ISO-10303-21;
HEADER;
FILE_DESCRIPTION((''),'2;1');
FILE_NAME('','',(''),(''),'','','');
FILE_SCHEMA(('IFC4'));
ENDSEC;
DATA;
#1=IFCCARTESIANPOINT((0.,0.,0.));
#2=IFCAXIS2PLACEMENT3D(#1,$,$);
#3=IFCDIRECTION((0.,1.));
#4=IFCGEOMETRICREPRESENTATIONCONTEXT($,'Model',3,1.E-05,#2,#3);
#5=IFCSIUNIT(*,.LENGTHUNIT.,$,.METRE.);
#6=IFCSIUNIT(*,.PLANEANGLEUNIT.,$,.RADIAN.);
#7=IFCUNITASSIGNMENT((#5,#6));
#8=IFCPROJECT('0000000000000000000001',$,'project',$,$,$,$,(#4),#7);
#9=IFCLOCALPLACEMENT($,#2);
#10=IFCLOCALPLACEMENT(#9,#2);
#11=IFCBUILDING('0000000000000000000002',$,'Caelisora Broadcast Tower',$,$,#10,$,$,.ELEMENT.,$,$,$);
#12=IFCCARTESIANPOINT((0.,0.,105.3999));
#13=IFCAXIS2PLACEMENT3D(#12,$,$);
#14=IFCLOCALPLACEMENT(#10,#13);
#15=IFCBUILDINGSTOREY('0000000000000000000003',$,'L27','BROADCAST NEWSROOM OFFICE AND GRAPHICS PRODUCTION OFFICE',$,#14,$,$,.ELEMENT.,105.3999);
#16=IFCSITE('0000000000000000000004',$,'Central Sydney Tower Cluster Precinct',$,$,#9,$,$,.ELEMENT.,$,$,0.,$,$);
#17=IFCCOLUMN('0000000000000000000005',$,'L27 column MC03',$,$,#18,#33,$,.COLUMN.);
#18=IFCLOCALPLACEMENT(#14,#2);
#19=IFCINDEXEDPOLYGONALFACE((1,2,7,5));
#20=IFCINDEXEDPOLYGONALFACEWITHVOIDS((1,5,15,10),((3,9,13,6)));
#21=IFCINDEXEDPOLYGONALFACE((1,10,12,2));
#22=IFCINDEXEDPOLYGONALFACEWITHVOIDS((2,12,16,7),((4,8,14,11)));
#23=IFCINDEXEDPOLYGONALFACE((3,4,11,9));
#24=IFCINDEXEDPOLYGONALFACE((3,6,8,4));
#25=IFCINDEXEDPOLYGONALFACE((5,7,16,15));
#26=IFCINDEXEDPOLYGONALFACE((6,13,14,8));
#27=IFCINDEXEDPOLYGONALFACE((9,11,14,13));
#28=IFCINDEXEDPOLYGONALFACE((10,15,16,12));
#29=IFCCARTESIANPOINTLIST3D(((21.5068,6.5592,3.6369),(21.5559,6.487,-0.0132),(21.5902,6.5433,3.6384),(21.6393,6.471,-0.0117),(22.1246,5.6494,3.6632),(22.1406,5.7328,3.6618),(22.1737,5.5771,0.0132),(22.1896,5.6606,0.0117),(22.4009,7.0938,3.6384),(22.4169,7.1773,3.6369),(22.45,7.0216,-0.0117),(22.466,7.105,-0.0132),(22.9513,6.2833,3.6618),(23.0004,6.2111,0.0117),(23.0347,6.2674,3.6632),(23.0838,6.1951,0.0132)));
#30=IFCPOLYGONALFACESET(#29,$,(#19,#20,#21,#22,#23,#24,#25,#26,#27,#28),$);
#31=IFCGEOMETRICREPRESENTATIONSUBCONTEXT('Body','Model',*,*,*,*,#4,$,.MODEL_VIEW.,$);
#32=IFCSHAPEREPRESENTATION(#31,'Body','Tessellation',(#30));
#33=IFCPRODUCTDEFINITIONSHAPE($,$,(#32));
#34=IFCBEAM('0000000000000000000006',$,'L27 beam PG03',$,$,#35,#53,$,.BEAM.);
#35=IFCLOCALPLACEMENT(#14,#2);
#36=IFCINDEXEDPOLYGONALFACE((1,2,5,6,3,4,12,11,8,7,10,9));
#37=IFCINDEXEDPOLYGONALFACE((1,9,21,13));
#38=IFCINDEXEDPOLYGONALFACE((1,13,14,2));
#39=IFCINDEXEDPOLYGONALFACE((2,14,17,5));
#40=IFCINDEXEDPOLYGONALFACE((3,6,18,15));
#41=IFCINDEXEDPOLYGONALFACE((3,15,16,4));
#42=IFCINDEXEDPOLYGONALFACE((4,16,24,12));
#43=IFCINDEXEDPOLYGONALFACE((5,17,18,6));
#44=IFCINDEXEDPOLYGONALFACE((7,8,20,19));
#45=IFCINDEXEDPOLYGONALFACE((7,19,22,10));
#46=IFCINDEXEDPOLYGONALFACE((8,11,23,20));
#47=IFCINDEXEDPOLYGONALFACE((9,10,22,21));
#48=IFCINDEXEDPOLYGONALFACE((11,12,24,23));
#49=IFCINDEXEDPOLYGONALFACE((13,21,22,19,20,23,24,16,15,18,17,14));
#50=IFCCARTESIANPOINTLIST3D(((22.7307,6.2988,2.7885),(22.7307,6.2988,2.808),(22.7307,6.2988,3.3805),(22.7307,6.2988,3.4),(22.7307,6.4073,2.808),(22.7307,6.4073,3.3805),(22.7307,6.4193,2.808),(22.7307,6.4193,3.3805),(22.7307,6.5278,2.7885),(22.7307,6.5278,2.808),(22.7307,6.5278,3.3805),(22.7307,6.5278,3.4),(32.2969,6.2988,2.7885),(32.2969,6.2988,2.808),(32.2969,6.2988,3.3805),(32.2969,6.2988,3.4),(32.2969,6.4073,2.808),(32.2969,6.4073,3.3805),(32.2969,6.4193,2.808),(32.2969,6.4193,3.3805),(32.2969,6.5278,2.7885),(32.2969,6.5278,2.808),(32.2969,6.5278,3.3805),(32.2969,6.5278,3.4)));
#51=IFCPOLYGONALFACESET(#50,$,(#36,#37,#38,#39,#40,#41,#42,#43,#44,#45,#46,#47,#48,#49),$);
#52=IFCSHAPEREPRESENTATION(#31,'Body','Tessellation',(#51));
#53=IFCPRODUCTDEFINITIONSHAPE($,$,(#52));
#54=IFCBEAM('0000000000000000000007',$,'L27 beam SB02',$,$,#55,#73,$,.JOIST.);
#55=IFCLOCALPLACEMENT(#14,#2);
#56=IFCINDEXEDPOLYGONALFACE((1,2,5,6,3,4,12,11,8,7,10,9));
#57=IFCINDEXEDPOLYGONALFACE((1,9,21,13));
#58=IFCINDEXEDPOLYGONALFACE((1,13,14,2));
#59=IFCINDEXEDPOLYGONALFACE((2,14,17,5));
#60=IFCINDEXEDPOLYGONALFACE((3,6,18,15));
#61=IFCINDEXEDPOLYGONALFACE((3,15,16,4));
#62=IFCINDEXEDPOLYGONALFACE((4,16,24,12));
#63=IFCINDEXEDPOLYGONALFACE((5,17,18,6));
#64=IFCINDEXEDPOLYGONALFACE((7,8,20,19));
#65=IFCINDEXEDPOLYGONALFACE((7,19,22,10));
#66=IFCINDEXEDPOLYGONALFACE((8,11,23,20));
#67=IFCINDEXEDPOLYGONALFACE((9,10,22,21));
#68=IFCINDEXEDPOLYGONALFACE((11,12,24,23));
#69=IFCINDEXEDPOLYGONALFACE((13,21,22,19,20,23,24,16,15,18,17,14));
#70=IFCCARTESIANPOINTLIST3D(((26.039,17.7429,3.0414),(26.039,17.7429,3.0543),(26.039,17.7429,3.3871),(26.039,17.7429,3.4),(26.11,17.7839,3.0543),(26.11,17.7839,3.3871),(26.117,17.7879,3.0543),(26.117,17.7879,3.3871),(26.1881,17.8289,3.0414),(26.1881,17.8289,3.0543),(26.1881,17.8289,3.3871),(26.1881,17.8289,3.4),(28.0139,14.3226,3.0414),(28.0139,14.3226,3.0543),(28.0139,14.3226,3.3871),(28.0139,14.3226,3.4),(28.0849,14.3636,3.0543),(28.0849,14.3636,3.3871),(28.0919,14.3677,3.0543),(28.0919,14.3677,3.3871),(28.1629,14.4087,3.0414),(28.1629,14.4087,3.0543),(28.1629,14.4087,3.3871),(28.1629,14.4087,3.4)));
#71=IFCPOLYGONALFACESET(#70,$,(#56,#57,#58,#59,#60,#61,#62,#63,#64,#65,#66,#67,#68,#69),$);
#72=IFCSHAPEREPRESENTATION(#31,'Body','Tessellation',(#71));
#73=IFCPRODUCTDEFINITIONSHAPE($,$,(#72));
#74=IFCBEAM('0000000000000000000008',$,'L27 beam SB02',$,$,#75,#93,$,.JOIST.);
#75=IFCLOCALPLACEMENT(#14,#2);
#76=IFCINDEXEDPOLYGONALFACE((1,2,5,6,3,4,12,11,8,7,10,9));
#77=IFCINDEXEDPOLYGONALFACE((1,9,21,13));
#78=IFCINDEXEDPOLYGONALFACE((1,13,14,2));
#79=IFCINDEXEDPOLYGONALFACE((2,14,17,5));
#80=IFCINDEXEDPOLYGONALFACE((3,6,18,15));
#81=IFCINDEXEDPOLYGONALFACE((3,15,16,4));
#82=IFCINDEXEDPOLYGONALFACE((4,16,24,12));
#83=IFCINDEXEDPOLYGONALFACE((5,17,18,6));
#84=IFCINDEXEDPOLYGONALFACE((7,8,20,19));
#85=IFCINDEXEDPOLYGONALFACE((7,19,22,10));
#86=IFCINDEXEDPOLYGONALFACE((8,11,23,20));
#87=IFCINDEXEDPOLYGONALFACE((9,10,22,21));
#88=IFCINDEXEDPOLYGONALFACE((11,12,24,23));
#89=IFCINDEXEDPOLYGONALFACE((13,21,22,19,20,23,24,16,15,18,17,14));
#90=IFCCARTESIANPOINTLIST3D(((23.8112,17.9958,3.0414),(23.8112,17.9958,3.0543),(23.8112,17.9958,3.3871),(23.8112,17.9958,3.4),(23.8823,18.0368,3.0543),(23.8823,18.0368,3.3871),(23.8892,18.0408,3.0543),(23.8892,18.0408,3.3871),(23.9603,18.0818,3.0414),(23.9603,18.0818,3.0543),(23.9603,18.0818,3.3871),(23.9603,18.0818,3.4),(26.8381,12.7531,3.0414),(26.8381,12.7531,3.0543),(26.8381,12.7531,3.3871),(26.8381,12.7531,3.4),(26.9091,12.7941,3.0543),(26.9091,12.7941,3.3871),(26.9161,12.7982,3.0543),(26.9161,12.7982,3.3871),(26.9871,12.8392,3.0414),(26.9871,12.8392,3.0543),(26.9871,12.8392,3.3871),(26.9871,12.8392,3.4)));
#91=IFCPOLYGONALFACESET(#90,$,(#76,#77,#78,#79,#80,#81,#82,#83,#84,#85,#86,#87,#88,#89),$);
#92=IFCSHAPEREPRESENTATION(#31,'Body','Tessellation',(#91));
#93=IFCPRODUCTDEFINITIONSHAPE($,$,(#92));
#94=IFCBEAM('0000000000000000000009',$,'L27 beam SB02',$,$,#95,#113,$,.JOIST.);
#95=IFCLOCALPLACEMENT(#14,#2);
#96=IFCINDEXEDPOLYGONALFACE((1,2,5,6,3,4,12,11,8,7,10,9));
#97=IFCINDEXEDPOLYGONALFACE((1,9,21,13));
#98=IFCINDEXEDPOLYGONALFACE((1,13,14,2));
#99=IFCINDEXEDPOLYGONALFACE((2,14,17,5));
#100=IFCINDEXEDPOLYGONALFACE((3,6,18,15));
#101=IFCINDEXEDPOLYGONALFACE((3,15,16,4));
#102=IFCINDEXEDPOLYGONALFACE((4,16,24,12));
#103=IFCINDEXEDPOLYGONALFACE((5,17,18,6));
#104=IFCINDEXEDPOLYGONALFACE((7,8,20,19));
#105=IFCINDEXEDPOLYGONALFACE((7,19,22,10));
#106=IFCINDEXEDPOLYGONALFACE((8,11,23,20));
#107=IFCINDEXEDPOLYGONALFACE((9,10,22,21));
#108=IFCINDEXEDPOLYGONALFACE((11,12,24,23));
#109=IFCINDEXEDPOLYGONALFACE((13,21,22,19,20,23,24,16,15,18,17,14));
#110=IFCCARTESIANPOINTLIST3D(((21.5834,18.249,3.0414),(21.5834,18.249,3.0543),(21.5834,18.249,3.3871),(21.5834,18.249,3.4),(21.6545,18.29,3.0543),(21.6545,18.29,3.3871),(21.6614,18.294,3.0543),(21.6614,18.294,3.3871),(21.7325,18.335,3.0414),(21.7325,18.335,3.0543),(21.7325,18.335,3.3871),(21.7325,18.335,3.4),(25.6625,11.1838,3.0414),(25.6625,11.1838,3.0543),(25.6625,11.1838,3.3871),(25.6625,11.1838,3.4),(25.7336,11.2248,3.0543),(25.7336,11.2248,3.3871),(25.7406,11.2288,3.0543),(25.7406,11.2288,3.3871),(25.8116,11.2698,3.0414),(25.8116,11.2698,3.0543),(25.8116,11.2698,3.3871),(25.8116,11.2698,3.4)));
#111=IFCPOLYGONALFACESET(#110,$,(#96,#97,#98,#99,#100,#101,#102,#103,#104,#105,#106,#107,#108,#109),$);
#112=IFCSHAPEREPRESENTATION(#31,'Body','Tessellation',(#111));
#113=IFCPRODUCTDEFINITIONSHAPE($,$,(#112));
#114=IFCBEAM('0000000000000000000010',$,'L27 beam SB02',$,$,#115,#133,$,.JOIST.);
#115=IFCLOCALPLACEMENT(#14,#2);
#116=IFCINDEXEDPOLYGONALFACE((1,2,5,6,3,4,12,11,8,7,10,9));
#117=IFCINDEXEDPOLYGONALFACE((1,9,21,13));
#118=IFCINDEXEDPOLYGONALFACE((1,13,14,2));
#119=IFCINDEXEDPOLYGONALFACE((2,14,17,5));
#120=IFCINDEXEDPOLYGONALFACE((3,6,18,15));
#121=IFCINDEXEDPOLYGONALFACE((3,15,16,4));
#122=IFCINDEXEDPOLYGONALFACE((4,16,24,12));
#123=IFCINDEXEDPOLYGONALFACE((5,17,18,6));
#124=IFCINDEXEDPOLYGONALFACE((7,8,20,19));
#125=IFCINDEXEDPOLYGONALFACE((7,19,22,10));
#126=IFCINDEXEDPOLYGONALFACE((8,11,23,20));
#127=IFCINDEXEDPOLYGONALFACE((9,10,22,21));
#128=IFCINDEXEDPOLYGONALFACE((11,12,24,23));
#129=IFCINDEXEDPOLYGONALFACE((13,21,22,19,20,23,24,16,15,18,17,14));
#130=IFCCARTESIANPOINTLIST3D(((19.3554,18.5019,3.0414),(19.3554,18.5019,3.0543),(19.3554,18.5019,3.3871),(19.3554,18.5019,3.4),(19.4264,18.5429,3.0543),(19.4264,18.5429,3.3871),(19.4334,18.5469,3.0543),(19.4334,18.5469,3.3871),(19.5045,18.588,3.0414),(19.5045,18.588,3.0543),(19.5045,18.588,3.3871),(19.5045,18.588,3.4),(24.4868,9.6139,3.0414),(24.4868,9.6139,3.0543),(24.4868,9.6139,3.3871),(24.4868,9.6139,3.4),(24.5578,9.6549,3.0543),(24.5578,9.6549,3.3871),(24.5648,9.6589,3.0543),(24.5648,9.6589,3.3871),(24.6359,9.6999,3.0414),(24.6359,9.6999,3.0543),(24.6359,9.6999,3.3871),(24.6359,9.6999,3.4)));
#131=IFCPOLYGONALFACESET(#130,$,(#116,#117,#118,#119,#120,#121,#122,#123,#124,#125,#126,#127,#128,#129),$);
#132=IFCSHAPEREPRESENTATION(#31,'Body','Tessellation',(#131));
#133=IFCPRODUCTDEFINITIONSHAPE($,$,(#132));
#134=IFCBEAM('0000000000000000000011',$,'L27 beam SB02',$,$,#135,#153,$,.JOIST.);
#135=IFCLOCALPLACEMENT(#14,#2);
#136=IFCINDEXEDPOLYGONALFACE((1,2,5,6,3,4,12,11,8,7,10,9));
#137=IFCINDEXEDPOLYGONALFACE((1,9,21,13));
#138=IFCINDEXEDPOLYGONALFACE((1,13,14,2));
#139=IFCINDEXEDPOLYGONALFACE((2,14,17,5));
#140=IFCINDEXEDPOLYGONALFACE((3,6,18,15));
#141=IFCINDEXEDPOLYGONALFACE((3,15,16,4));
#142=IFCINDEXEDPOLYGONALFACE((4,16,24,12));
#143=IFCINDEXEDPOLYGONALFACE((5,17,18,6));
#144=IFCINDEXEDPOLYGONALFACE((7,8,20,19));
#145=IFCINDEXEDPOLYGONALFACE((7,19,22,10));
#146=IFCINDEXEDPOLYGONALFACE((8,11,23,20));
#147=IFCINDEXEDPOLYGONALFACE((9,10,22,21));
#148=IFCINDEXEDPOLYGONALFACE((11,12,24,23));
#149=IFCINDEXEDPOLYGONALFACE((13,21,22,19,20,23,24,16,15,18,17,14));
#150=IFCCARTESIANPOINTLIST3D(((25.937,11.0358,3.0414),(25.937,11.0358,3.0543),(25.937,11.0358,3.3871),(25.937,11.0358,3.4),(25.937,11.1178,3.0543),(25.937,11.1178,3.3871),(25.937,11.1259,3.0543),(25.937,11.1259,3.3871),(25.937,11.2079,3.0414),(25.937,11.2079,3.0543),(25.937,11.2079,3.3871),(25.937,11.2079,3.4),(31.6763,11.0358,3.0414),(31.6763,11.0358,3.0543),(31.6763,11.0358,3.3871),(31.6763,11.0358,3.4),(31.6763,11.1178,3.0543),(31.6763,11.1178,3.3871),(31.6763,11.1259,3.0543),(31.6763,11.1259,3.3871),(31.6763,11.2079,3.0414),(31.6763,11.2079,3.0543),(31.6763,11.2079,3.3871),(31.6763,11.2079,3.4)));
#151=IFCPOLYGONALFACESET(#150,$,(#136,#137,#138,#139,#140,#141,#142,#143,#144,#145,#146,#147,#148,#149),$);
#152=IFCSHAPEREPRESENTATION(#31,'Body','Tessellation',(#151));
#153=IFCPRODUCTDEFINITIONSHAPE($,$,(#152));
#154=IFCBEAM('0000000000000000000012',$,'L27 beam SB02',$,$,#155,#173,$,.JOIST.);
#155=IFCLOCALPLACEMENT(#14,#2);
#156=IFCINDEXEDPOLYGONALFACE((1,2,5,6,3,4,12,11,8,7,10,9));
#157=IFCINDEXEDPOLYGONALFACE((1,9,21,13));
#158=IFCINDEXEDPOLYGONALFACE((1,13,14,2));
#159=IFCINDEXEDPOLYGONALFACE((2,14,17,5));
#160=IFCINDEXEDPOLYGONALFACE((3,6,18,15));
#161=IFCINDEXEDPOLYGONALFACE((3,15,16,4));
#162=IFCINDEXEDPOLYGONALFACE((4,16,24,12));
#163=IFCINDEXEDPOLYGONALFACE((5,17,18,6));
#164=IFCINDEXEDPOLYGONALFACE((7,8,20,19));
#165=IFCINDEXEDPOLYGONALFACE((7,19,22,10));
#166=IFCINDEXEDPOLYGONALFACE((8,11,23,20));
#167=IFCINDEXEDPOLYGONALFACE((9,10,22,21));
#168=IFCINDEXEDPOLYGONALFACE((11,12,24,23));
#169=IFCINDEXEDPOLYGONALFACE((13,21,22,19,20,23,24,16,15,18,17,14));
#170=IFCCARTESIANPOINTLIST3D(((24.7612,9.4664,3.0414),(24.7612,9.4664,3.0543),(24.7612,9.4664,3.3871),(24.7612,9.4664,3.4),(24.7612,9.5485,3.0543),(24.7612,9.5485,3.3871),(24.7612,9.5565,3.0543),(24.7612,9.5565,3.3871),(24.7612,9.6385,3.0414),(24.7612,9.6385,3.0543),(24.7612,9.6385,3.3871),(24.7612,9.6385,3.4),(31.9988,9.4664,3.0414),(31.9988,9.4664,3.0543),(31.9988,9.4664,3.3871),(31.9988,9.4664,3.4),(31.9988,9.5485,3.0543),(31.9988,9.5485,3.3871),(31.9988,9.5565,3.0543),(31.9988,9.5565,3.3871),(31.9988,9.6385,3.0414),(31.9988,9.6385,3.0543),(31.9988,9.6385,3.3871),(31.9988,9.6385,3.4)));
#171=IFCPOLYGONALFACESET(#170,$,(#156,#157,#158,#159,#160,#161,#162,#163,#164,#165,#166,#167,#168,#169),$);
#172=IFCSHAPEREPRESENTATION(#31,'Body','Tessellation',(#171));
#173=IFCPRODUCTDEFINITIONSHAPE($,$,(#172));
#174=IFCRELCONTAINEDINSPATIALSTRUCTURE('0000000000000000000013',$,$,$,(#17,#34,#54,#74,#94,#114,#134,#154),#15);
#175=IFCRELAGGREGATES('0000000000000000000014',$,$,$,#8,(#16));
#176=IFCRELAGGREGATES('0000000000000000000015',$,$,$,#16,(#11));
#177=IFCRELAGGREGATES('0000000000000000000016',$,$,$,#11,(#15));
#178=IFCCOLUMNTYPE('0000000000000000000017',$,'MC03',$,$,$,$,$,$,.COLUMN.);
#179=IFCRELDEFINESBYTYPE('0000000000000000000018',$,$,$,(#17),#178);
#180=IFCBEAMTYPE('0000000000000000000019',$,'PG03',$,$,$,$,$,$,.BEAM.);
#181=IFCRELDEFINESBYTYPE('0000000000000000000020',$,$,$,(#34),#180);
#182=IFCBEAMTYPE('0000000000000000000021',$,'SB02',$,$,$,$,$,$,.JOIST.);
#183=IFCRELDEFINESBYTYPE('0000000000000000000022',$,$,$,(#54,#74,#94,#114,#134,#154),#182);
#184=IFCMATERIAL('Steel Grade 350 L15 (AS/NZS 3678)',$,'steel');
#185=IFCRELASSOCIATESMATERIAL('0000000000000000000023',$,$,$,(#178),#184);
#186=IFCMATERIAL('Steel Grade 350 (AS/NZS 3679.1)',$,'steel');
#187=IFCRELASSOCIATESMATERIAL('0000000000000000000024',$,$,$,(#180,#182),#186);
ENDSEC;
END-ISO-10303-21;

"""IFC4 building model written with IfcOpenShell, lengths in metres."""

from ifc_helpers import new_model, si_unit, direction, frame, origin, origin_2d, place, context, subcontext, project, spatial, hollow_rectangle, i_section, extrude, source, transform, mapped, material, material_profile, profile_set, type_object, type_shapes, element, save


model = new_model("IFC4")

# Units and contexts
model_context = context("Model", 3, precision=1e-05, world=origin(), true_north=direction((0.0, 1.0)))
body_context = subcontext(model_context, "Body", "Model", "MODEL_VIEW")
ifc_project = project(units=[si_unit("LENGTHUNIT", "METRE"), si_unit("PLANEANGLEUNIT", "RADIAN")], contexts=[model_context])

# Site, building, storey
site_placement = place(None, origin())
site = spatial("IfcSite", under=ifc_project, at=site_placement, Name="Central Sydney Tower Cluster Precinct", CompositionType="ELEMENT", RefElevation=0.0)
building_placement = place(site_placement, origin())
building = spatial("IfcBuilding", under=site, at=building_placement, Name="Caelisora Broadcast Tower", CompositionType="ELEMENT")
storey_placement = place(building_placement, frame((0.0, 0.0, 105.3999)))
storey = spatial("IfcBuildingStorey", under=building, at=storey_placement, Name="L27", Description="BROADCAST NEWSROOM OFFICE AND GRAPHICS PRODUCTION OFFICE", CompositionType="ELEMENT", Elevation=105.3999)

# Column
ifc_material_1 = material(Name="Steel Grade 350 L15 (AS/NZS 3678)", Category="steel")
ifc_material_profile_1 = material_profile(ifc_material_1, hollow_rectangle(XDim=1.1001, YDim=1.1001, WallThickness=0.0601, at=origin_2d()), Name="Steel Grade 350 L15 (AS/NZS 3678)")
ifc_profile_set_1 = profile_set([ifc_material_profile_1], Name="Steel Grade 350 L15 (AS/NZS 3678)")
column_type = type_object("IfcColumnType", Name="MC03", PredefinedType="COLUMN", material=ifc_profile_set_1)
shared_shape_1 = source(origin(), body_context, "Body", "SweptSolid", [
    extrude(hollow_rectangle(XDim=1.1001, YDim=1.1001, WallThickness=0.0601, at=origin_2d()), origin(), (0.0, 0.0, 1.0), 3.6511),
])
type_shapes(column_type, [shared_shape_1])
column_placement = place(storey_placement, frame((22.3198, 6.3411, 0.0), z_axis=(-0.01344, 0.019792, 0.999714), x_axis=(-0.82729, -0.561775, 0.0)))
element("IfcColumn", 1, at=column_placement, inside=storey, type_object=column_type, Name="L27 column MC03", PredefinedType="COLUMN", context=body_context, shape_type="MappedRepresentation", body=[
    mapped(shared_shape_1, transform((0.0, 0.0, 0.0), scale=1.0)),
])

# Beams
ifc_material_2 = material(Name="Steel Grade 350 (AS/NZS 3679.1)", Category="steel")
ifc_material_profile_2 = material_profile(ifc_material_2, i_section(OverallWidth=0.229, OverallDepth=0.6116, WebThickness=0.012, FlangeThickness=0.0195, at=origin_2d()), Name="Steel Grade 350 (AS/NZS 3679.1)")
ifc_profile_set_2 = profile_set([ifc_material_profile_2], Name="Steel Grade 350 (AS/NZS 3679.1)")
beam_type_1 = type_object("IfcBeamType", Name="PG03", PredefinedType="BEAM", material=ifc_profile_set_2)
shared_shape_2 = source(origin(), body_context, "Body", "SweptSolid", [
    extrude(i_section(OverallWidth=0.229, OverallDepth=0.6116, WebThickness=0.012, FlangeThickness=0.0195, at=origin_2d()), origin(), (0.0, 0.0, 1.0), 9.5662),
])
type_shapes(beam_type_1, [shared_shape_2])
beam_1_placement = place(storey_placement, frame((22.7307, 6.4133, 3.0942), z_axis=(1.0, 0.0, 0.0), x_axis=(0.0, 1.0, 0.0)))
element("IfcBeam", 2, at=beam_1_placement, inside=storey, type_object=beam_type_1, Name="L27 beam PG03", PredefinedType="BEAM", context=body_context, shape_type="MappedRepresentation", body=[
    mapped(shared_shape_2, transform((0.0, 0.0, 0.0), scale=1.0)),
])
ifc_material_profile_3 = material_profile(ifc_material_2, i_section(OverallWidth=0.1721, OverallDepth=0.3586, WebThickness=0.0081, FlangeThickness=0.0129, at=origin_2d()), Name="Steel Grade 350 (AS/NZS 3679.1)")
ifc_profile_set_3 = profile_set([ifc_material_profile_3], Name="Steel Grade 350 (AS/NZS 3679.1)")
beam_type_2 = type_object("IfcBeamType", Name="SB02", PredefinedType="JOIST", material=ifc_profile_set_3)
shared_shape_3 = source(origin(), body_context, "Body", "SweptSolid", [
    extrude(i_section(OverallWidth=0.1721, OverallDepth=0.3586, WebThickness=0.0081, FlangeThickness=0.0129, at=origin_2d()), origin(), (0.0, 0.0, 1.0), 3.9495),
])
beam_2_placement = place(storey_placement, frame((26.1135, 17.7859, 3.2207), z_axis=(0.500042, -0.866001, 0.0), x_axis=(0.866001, 0.500042, 0.0)))
element("IfcBeam", 3, at=beam_2_placement, inside=storey, type_object=beam_type_2, Name="L27 beam SB02", PredefinedType="JOIST", context=body_context, shape_type="MappedRepresentation", body=[
    mapped(shared_shape_3, transform((0.0, 0.0, 0.0), scale=1.0)),
])
shared_shape_4 = source(origin(), body_context, "Body", "SweptSolid", [
    extrude(i_section(OverallWidth=0.1721, OverallDepth=0.3586, WebThickness=0.0081, FlangeThickness=0.0129, at=origin_2d()), origin(), (0.0, 0.0, 1.0), 6.0537),
])
beam_3_placement = place(storey_placement, frame((23.8857, 18.0388, 3.2207), z_axis=(0.499999, -0.866026, 0.0), x_axis=(0.866026, 0.499999, 0.0)))
element("IfcBeam", 4, at=beam_3_placement, inside=storey, type_object=beam_type_2, Name="L27 beam SB02", PredefinedType="JOIST", context=body_context, shape_type="MappedRepresentation", body=[
    mapped(shared_shape_4, transform((0.0, 0.0, 0.0), scale=1.0)),
])
shared_shape_5 = source(origin(), body_context, "Body", "SweptSolid", [
    extrude(i_section(OverallWidth=0.1721, OverallDepth=0.3586, WebThickness=0.0081, FlangeThickness=0.0129, at=origin_2d()), origin(), (0.0, 0.0, 1.0), 8.1582),
])
beam_4_placement = place(storey_placement, frame((21.658, 18.292, 3.2207), z_axis=(0.500001, -0.866025, 0.0), x_axis=(0.866025, 0.500001, 0.0)))
element("IfcBeam", 5, at=beam_4_placement, inside=storey, type_object=beam_type_2, Name="L27 beam SB02", PredefinedType="JOIST", context=body_context, shape_type="MappedRepresentation", body=[
    mapped(shared_shape_5, transform((0.0, 0.0, 0.0), scale=1.0)),
])
shared_shape_6 = source(origin(), body_context, "Body", "SweptSolid", [
    extrude(i_section(OverallWidth=0.1721, OverallDepth=0.3586, WebThickness=0.0081, FlangeThickness=0.0129, at=origin_2d()), origin(), (0.0, 0.0, 1.0), 10.2629),
])
beam_5_placement = place(storey_placement, frame((19.4299, 18.5449, 3.2207), z_axis=(0.499992, -0.86603, 0.0), x_axis=(0.86603, 0.499992, 0.0)))
element("IfcBeam", 6, at=beam_5_placement, inside=storey, type_object=beam_type_2, Name="L27 beam SB02", PredefinedType="JOIST", context=body_context, shape_type="MappedRepresentation", body=[
    mapped(shared_shape_6, transform((0.0, 0.0, 0.0), scale=1.0)),
])
shared_shape_7 = source(origin(), body_context, "Body", "SweptSolid", [
    extrude(i_section(OverallWidth=0.1721, OverallDepth=0.3586, WebThickness=0.0081, FlangeThickness=0.0129, at=origin_2d()), origin(), (0.0, 0.0, 1.0), 5.7393),
])
beam_6_placement = place(storey_placement, frame((25.937, 11.1218, 3.2207), z_axis=(1.0, 0.0, 0.0), x_axis=(0.0, 1.0, 0.0)))
element("IfcBeam", 7, at=beam_6_placement, inside=storey, type_object=beam_type_2, Name="L27 beam SB02", PredefinedType="JOIST", context=body_context, shape_type="MappedRepresentation", body=[
    mapped(shared_shape_7, transform((0.0, 0.0, 0.0), scale=1.0)),
])
shared_shape_8 = source(origin(), body_context, "Body", "SweptSolid", [
    extrude(i_section(OverallWidth=0.1721, OverallDepth=0.3586, WebThickness=0.0081, FlangeThickness=0.0129, at=origin_2d()), origin(), (0.0, 0.0, 1.0), 7.2375),
])
beam_7_placement = place(storey_placement, frame((24.7612, 9.5525, 3.2207), z_axis=(1.0, 0.0, 0.0), x_axis=(0.0, 1.0, 0.0)))
element("IfcBeam", 8, at=beam_7_placement, inside=storey, type_object=beam_type_2, Name="L27 beam SB02", PredefinedType="JOIST", context=body_context, shape_type="MappedRepresentation", body=[
    mapped(shared_shape_8, transform((0.0, 0.0, 0.0), scale=1.0)),
])

save(model, "model.ifc")
